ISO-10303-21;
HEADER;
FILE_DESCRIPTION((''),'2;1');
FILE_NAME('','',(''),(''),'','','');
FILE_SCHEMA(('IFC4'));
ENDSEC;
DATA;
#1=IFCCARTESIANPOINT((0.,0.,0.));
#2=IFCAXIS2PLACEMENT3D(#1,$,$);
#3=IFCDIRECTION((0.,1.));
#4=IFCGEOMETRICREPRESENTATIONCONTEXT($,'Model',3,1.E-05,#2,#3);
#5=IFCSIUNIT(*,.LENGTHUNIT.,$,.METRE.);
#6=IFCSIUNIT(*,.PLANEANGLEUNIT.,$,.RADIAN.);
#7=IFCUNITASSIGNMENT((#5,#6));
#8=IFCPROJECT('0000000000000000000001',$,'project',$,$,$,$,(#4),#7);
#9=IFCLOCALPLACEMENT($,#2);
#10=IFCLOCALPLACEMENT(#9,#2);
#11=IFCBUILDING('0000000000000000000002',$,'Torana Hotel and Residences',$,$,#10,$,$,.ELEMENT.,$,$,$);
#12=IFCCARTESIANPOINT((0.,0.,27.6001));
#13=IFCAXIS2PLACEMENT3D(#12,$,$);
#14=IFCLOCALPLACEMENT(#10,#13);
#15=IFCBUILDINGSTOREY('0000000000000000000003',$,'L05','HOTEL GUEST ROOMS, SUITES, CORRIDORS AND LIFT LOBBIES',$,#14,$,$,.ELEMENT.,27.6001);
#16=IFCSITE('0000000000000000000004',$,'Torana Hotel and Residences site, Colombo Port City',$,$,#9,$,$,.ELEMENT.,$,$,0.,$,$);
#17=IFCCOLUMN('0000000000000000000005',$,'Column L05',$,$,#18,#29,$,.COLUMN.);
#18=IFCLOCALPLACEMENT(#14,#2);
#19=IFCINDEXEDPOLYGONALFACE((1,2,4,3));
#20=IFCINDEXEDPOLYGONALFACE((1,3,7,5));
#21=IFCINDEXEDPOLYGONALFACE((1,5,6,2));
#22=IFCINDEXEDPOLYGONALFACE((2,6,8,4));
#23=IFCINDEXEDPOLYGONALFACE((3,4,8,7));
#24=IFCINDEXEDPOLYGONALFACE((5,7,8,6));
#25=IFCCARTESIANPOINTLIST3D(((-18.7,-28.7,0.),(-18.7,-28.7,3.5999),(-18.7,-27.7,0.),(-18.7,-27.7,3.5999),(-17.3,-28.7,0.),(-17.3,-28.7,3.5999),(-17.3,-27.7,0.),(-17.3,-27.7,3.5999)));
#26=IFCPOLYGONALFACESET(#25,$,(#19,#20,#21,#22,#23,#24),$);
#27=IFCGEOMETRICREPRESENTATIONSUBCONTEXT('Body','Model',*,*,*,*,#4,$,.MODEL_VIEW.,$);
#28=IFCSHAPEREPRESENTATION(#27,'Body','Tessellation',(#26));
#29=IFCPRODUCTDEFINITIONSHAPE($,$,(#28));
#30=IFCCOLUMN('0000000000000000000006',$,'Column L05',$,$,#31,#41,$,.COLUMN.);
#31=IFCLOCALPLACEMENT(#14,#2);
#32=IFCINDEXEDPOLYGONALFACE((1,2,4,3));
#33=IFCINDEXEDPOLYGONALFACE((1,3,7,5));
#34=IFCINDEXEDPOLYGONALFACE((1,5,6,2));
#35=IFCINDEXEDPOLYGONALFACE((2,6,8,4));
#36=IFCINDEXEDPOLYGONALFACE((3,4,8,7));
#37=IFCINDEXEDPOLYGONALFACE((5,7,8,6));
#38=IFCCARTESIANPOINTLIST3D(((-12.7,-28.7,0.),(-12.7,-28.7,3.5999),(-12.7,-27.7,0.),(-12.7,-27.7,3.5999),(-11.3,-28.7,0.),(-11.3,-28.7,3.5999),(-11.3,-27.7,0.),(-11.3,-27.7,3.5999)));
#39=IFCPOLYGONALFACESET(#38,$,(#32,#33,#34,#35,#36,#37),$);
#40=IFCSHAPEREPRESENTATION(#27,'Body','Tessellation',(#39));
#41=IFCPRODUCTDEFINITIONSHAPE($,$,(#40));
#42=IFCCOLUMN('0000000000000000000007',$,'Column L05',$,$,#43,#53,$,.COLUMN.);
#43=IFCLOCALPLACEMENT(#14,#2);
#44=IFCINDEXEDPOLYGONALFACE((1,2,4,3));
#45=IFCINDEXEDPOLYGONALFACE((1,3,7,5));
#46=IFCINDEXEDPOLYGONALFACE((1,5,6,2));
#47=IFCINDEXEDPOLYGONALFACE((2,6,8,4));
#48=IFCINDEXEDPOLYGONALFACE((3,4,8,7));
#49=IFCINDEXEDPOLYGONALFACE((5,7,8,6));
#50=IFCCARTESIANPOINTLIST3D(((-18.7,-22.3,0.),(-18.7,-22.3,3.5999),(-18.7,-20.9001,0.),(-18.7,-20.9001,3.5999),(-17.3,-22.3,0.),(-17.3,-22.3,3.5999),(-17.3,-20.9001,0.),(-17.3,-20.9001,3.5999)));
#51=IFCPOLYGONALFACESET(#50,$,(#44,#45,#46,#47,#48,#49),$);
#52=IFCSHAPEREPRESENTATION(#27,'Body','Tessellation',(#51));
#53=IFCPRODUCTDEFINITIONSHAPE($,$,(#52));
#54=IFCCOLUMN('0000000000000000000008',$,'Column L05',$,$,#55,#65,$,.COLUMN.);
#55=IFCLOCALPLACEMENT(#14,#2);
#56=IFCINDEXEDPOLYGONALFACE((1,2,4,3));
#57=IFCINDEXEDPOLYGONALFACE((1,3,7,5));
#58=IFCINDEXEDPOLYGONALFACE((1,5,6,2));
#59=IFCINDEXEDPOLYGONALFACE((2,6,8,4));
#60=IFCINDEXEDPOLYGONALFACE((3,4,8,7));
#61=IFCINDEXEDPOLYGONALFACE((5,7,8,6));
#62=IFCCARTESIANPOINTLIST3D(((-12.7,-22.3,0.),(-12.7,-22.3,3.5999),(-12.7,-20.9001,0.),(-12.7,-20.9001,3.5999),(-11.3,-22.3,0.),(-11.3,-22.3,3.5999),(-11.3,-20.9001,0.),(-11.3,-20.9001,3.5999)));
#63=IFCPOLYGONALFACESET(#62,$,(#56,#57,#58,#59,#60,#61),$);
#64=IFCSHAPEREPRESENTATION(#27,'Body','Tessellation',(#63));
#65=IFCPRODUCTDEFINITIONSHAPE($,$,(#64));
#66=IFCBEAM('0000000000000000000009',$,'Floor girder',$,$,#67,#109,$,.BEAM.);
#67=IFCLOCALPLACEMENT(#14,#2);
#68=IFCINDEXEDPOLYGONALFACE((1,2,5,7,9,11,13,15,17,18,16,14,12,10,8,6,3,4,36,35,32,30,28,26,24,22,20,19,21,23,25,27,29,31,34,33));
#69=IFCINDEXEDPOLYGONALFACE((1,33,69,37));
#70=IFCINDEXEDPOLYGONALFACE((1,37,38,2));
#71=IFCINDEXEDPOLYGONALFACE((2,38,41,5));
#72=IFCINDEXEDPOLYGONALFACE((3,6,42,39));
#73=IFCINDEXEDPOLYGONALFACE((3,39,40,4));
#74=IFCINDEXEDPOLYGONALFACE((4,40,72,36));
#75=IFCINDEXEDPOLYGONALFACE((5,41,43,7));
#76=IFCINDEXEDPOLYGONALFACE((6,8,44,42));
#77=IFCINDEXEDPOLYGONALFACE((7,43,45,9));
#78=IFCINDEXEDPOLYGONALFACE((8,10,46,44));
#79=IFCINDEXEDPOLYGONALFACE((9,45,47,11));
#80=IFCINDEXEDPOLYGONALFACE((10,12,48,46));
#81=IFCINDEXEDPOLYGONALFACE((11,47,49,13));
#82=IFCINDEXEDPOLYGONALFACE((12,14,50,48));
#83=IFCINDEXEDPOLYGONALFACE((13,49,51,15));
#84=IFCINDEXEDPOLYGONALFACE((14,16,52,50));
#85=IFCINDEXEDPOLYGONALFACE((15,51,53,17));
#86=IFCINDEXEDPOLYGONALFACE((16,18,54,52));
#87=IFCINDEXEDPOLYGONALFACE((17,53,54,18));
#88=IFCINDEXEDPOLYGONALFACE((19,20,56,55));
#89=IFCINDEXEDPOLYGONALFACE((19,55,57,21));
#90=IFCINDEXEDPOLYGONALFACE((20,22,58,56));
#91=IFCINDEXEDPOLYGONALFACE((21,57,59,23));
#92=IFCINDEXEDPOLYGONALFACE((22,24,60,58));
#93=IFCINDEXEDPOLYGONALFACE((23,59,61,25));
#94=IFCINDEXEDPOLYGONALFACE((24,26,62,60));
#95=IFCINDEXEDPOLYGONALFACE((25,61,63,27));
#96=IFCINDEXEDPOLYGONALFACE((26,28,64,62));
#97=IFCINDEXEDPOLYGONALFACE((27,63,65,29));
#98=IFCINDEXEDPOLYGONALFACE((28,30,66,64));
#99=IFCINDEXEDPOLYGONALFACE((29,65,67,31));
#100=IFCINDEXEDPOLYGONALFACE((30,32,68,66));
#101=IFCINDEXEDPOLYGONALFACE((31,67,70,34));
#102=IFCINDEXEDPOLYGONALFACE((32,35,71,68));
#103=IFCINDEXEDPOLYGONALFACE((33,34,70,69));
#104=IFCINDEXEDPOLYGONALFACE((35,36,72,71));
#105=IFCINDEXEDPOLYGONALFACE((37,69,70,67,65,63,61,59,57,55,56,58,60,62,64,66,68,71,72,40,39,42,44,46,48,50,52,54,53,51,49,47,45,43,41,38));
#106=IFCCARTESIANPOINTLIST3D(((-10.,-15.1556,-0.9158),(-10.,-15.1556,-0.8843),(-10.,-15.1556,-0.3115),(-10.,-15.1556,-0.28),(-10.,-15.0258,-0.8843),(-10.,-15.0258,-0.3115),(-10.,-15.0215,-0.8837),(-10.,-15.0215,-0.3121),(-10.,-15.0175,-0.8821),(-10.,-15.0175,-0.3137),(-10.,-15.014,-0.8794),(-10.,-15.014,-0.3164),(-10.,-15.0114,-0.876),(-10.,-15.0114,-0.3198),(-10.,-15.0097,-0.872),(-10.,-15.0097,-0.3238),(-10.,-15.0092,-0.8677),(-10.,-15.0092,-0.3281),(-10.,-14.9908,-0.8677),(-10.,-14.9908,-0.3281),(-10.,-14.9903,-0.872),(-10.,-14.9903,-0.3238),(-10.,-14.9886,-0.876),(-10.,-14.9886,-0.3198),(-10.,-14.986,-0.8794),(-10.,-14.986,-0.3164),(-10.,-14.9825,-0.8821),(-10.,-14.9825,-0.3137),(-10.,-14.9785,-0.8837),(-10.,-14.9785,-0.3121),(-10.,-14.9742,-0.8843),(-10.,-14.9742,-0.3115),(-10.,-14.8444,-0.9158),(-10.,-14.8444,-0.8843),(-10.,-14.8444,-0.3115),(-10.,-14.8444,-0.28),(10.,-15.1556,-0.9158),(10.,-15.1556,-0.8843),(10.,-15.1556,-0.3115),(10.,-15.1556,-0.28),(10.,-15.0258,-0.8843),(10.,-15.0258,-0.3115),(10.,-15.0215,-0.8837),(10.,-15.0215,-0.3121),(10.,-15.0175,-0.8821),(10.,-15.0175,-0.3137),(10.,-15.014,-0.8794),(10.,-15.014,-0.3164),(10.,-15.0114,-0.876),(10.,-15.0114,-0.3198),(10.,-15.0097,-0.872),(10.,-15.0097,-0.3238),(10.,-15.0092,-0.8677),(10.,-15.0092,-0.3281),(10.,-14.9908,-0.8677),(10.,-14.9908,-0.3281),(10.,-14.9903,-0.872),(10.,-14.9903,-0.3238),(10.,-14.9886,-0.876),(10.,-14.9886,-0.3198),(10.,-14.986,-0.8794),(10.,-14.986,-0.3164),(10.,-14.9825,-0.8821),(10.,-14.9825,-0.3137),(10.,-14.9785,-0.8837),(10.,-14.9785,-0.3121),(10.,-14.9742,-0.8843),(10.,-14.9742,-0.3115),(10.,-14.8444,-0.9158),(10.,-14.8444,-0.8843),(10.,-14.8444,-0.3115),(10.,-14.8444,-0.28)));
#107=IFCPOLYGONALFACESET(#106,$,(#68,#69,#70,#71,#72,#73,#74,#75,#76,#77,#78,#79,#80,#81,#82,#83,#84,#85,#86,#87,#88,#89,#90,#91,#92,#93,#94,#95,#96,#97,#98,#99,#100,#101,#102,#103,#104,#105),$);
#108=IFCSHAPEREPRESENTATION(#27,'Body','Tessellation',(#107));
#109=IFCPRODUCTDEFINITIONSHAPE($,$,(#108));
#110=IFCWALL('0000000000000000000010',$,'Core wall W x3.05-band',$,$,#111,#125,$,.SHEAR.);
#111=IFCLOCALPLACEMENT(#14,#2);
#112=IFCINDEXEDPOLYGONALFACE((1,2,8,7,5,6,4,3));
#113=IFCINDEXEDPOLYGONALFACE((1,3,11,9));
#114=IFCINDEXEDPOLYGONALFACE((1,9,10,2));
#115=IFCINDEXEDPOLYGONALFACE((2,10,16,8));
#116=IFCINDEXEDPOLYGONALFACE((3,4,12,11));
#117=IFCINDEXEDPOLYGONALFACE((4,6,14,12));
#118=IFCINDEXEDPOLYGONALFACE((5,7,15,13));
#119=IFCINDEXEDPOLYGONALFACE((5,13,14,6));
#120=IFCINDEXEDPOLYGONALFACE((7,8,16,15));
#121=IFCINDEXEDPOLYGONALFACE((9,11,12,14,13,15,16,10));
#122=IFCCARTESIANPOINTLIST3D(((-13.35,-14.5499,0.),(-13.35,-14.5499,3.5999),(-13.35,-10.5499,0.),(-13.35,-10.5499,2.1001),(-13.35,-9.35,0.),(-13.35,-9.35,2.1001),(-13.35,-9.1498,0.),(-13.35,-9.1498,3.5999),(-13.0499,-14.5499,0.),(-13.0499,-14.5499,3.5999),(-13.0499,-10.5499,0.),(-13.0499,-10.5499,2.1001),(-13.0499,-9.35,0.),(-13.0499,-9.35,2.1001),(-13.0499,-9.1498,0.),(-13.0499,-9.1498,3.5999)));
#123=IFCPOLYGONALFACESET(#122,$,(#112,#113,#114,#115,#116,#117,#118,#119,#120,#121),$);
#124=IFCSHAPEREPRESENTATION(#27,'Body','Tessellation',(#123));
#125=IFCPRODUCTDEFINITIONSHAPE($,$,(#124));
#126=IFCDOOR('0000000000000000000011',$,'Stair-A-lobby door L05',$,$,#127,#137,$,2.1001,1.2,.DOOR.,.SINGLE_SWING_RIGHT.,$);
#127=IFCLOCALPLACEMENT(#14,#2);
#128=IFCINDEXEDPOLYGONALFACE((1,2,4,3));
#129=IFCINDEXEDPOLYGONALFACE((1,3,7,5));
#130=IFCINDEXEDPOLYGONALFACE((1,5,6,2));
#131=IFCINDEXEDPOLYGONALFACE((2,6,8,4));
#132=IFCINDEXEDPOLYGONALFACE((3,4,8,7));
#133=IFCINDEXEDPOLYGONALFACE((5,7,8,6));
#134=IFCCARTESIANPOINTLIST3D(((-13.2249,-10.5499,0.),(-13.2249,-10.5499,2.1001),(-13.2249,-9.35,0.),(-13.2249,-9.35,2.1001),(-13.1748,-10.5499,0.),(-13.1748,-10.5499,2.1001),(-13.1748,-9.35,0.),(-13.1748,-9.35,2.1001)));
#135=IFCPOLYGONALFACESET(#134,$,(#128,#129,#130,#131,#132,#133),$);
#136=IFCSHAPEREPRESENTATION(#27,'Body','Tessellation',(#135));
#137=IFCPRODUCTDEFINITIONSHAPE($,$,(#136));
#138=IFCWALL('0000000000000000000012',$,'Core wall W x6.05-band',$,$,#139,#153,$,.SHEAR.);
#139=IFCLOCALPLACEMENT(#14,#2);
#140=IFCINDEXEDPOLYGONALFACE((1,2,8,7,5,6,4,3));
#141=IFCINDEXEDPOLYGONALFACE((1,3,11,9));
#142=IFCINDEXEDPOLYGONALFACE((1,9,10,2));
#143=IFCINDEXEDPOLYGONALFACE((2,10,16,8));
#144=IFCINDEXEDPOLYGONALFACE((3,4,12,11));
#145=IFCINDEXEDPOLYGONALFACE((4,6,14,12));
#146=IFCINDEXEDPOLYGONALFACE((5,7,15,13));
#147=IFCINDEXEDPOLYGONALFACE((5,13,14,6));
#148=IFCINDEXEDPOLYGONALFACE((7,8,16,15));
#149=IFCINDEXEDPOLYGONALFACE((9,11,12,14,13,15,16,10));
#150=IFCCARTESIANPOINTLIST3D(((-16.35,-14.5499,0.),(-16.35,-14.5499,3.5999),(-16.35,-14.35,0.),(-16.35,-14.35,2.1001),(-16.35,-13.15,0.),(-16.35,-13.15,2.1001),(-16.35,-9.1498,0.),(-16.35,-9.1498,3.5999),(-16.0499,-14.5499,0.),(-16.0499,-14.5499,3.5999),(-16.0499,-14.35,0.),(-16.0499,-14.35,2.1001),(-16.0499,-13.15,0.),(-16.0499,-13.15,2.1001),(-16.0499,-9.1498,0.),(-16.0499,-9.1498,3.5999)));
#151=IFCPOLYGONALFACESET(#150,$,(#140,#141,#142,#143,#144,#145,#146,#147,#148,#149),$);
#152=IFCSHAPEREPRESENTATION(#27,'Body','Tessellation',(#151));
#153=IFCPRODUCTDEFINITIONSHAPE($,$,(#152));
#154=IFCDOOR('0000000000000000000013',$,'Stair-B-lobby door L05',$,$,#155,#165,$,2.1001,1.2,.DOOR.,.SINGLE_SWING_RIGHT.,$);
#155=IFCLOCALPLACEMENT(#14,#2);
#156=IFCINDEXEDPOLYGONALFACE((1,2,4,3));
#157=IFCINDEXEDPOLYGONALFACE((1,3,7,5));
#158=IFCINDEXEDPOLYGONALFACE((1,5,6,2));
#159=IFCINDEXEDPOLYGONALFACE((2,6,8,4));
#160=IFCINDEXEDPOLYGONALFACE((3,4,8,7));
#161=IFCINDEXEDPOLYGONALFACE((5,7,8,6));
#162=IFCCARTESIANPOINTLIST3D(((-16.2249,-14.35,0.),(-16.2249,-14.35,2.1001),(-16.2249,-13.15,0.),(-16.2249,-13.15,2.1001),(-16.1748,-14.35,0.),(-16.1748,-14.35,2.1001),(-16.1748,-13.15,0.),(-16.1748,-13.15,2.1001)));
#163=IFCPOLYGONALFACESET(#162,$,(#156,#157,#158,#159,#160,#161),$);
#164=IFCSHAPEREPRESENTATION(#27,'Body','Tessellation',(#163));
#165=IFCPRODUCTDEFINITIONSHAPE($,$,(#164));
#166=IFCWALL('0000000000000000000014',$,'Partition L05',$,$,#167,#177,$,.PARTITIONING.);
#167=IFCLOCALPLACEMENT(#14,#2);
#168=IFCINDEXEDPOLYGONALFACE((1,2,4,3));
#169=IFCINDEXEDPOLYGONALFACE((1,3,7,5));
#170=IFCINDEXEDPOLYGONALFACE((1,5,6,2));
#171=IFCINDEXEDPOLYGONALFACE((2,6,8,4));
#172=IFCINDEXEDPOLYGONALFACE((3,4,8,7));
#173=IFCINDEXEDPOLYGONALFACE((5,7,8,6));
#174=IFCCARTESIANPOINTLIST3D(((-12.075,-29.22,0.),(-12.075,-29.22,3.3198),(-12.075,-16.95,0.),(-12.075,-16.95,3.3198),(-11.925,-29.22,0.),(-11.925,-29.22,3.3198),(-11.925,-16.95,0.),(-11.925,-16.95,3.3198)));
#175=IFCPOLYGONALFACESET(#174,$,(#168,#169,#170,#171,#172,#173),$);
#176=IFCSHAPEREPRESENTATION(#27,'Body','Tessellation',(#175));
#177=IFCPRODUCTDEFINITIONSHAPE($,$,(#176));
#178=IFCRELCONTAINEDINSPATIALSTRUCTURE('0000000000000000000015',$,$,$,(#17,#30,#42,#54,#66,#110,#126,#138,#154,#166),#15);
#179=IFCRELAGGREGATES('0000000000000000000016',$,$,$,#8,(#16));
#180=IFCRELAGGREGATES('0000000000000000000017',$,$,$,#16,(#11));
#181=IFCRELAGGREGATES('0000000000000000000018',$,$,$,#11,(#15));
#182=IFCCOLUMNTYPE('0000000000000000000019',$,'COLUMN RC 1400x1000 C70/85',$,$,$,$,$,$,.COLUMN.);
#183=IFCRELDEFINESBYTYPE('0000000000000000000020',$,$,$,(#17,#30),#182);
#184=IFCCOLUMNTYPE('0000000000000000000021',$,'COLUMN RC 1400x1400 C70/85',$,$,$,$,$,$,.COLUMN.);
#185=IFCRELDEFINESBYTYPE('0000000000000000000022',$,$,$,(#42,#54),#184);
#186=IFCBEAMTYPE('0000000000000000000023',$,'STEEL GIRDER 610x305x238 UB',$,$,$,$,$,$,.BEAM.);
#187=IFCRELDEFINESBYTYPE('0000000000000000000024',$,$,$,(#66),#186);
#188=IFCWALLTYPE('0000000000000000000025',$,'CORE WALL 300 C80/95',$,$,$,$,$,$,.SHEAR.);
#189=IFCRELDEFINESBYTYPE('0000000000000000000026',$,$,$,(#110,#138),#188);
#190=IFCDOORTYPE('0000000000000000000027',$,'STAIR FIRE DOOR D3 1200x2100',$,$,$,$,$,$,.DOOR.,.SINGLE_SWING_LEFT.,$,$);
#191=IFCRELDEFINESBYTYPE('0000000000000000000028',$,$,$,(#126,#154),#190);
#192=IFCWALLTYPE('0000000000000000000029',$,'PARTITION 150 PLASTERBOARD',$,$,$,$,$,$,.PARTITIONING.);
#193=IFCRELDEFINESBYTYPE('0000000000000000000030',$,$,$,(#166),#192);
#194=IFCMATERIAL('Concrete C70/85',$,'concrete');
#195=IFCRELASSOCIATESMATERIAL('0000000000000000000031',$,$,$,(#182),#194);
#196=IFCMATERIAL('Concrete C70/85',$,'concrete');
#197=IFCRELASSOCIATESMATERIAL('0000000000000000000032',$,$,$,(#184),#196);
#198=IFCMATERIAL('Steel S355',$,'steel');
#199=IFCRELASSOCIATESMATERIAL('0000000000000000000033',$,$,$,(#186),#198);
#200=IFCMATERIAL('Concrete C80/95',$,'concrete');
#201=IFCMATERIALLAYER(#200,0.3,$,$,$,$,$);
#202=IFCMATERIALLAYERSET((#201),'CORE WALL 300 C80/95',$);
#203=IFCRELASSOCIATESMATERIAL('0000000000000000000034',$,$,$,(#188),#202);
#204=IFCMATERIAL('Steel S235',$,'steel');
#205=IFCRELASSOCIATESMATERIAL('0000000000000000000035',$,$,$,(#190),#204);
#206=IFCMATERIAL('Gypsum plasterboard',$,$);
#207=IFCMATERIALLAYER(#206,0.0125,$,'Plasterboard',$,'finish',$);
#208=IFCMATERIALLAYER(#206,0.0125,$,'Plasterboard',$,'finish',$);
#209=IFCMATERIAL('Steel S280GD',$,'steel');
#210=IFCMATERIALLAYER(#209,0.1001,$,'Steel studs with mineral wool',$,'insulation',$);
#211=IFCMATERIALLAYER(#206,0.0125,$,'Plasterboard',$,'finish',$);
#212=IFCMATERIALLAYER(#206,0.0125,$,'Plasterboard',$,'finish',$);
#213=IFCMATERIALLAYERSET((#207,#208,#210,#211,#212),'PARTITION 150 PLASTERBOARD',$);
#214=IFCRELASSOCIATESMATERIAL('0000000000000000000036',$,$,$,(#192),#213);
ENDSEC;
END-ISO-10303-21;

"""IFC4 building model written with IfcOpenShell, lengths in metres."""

from ifc_helpers import new_model, si_unit, direction, frame, frame_2d, origin, origin_2d, place, context, subcontext, project, spatial, rectangle, i_section, extrude, material, layer, layer_set, material_profile, profile_set, type_object, element, fill, save


model = new_model("IFC4")

# Units and contexts
model_context = context("Model", 3, precision=1e-05, world=origin(), true_north=direction((0.0, 1.0)))
body_context = subcontext(model_context, "Body", "Model", "MODEL_VIEW")
ifc_project = project(units=[si_unit("LENGTHUNIT", "METRE"), si_unit("PLANEANGLEUNIT", "RADIAN")], contexts=[model_context])

# Site, building, storey
site_placement = place(None, origin())
site = spatial("IfcSite", under=ifc_project, at=site_placement, Name="Torana Hotel and Residences site, Colombo Port City", CompositionType="ELEMENT", RefElevation=0.0)
building_placement = place(site_placement, origin())
building = spatial("IfcBuilding", under=site, at=building_placement, Name="Torana Hotel and Residences", CompositionType="ELEMENT")
storey_placement = place(building_placement, frame((0.0, 0.0, 27.6001)))
storey = spatial("IfcBuildingStorey", under=building, at=storey_placement, Name="L05", Description="HOTEL GUEST ROOMS, SUITES, CORRIDORS AND LIFT LOBBIES", CompositionType="ELEMENT", Elevation=27.6001)

# Columns
ifc_material_1 = material(Name="Concrete C70/85", Category="concrete")
ifc_material_profile_1 = material_profile(ifc_material_1, rectangle(XDim=1.3999, YDim=1.0, at=origin_2d()), Name="RC 1400x1000")
ifc_profile_set_1 = profile_set([ifc_material_profile_1], Name="Concrete C70/85")
column_type_1 = type_object("IfcColumnType", Name="COLUMN RC 1400x1000 C70/85", PredefinedType="COLUMN", material=ifc_profile_set_1)
for number, where, z_axis, x_axis, name in (
    (1, (-18.0, -28.2, 0.0), (0.0, 0.0, 1.0), (1.0, 0.0, 0.0), "Column L05"),
    (2, (-12.0, -28.2, 0.0), (0.0, 0.0, 1.0), (1.0, 0.0, 0.0), "Column L05"),
):
    element("IfcColumn", number, at=place(storey_placement, frame(where, z_axis=z_axis, x_axis=x_axis)), inside=storey, type_object=column_type_1, Name=name, PredefinedType="COLUMN", context=body_context, shape_type="SweptSolid", body=[
        extrude(rectangle(XDim=1.3999, YDim=1.0, at=origin_2d()), origin(), (0.0, 0.0, 1.0), 3.5999),
    ])
ifc_material_2 = material(Name="Concrete C70/85", Category="concrete")
ifc_material_profile_2 = material_profile(ifc_material_2, rectangle(XDim=1.3999, YDim=1.3999, at=origin_2d()), Name="RC 1400x1400")
ifc_profile_set_2 = profile_set([ifc_material_profile_2], Name="Concrete C70/85")
column_type_2 = type_object("IfcColumnType", Name="COLUMN RC 1400x1400 C70/85", PredefinedType="COLUMN", material=ifc_profile_set_2)
for number, where, z_axis, x_axis, name in (
    (3, (-18.0, -21.6001, 0.0), (0.0, 0.0, 1.0), (1.0, 0.0, 0.0), "Column L05"),
    (4, (-12.0, -21.6001, 0.0), (0.0, 0.0, 1.0), (1.0, 0.0, 0.0), "Column L05"),
):
    element("IfcColumn", number, at=place(storey_placement, frame(where, z_axis=z_axis, x_axis=x_axis)), inside=storey, type_object=column_type_2, Name=name, PredefinedType="COLUMN", context=body_context, shape_type="SweptSolid", body=[
        extrude(rectangle(XDim=1.3999, YDim=1.3999, at=origin_2d()), origin(), (0.0, 0.0, 1.0), 3.5999),
    ])

# Beam
ifc_material_3 = material(Name="Steel S355", Category="steel")
ifc_material_profile_3 = material_profile(ifc_material_3, i_section(OverallWidth=0.3113, OverallDepth=0.6357, WebThickness=0.0183, FlangeThickness=0.0315, FilletRadius=0.0166, at=origin_2d()), Name="610x305x238 UB")
ifc_profile_set_3 = profile_set([ifc_material_profile_3], Name="Steel S355")
beam_type = type_object("IfcBeamType", Name="STEEL GIRDER 610x305x238 UB", PredefinedType="BEAM", material=ifc_profile_set_3)
beam_placement = place(storey_placement, frame((-10.0, -15.0, -0.5979), z_axis=(1.0, 0.0, 0.0), x_axis=(0.0, 1.0, 0.0)))
element("IfcBeam", 5, at=beam_placement, inside=storey, type_object=beam_type, Name="Floor girder", PredefinedType="BEAM", context=body_context, shape_type="SweptSolid", body=[
    extrude(i_section(OverallWidth=0.3113, OverallDepth=0.6357, WebThickness=0.0183, FlangeThickness=0.0315, FilletRadius=0.0166, at=origin_2d()), origin(), (0.0, 0.0, 1.0), 20.0),
])

# Walls, openings, doors
ifc_material_4 = material(Name="Concrete C80/95", Category="concrete")
ifc_layer_1 = layer(ifc_material_4, 0.3)
ifc_layer_set_1 = layer_set([ifc_layer_1], Name="CORE WALL 300 C80/95")
wall_type_1 = type_object("IfcWallType", Name="CORE WALL 300 C80/95", PredefinedType="SHEAR", material=ifc_layer_set_1)
wall_1_placement = place(storey_placement, frame((-13.2, -14.55, 0.0), z_axis=(0.0, 0.0, 1.0), x_axis=(0.0, 1.0, 0.0)))
wall_1 = element("IfcWall", 6, at=wall_1_placement, inside=storey, type_object=wall_type_1, Name="Core wall W x3.05-band", PredefinedType="SHEAR", context=body_context, shape_type="SweptSolid", body=[
    extrude(rectangle(XDim=5.4001, YDim=0.3, at=frame_2d((2.7002, 0.0))), origin(), (0.0, 0.0, 1.0), 3.5999),
])
opening_1_placement = place(wall_1_placement, frame((4.0, 0.0, 0.0)))
opening_1 = element("IfcOpeningElement", 7, at=opening_1_placement, cuts=wall_1, PredefinedType="OPENING", context=body_context, shape_type="SweptSolid", body=[
    extrude(rectangle(XDim=1.2, YDim=2.1001, at=frame_2d((0.6001, 1.05))), frame((0.0, 0.1599, 0.0), z_axis=(0.0, -1.0, 0.0), x_axis=(1.0, 0.0, 0.0)), (0.0, 0.0, 1.0), 0.3201),
])
ifc_material_5 = material(Name="Steel S235", Category="steel")
door_type_1 = type_object("IfcDoorType", Name="STAIR FIRE DOOR D3 1200x2100", OperationType="SINGLE_SWING_LEFT", PredefinedType="DOOR", material=ifc_material_5)
door_1_placement = place(opening_1_placement, frame((0.6001, 0.0, 0.0), z_axis=(0.0, 0.0, 1.0), x_axis=(-1.0, 0.0, 0.0)))
door_1 = element("IfcDoor", 8, at=door_1_placement, inside=storey, type_object=door_type_1, Name="Stair-A-lobby door L05", OperationType="SINGLE_SWING_RIGHT", OverallHeight=2.1001, OverallWidth=1.2, PredefinedType="DOOR", context=body_context, shape_type="SweptSolid", body=[
    extrude(rectangle(XDim=1.2, YDim=2.1001, at=frame_2d((0.0, 1.05))), frame((0.0, -0.0249, 0.0), z_axis=(0.0, 1.0, 0.0), x_axis=(-1.0, 0.0, 0.0)), (0.0, 0.0, 1.0), 0.05),
])
fill(opening_1, door_1)
wall_2_placement = place(storey_placement, frame((-16.2, -14.55, 0.0), z_axis=(0.0, 0.0, 1.0), x_axis=(0.0, 1.0, 0.0)))
wall_2 = element("IfcWall", 9, at=wall_2_placement, inside=storey, type_object=wall_type_1, Name="Core wall W x6.05-band", PredefinedType="SHEAR", context=body_context, shape_type="SweptSolid", body=[
    extrude(rectangle(XDim=5.4001, YDim=0.3, at=frame_2d((2.7002, 0.0))), origin(), (0.0, 0.0, 1.0), 3.5999),
])
opening_2_placement = place(wall_2_placement, frame((0.2, 0.0, 0.0)))
opening_2 = element("IfcOpeningElement", 10, at=opening_2_placement, cuts=wall_2, PredefinedType="OPENING", context=body_context, shape_type="SweptSolid", body=[
    extrude(rectangle(XDim=1.2, YDim=2.1001, at=frame_2d((0.6001, 1.05))), frame((0.0, 0.1599, 0.0), z_axis=(0.0, -1.0, 0.0), x_axis=(1.0, 0.0, 0.0)), (0.0, 0.0, 1.0), 0.3201),
])
door_2_placement = place(opening_2_placement, origin())
door_2 = element("IfcDoor", 11, at=door_2_placement, inside=storey, type_object=door_type_1, Name="Stair-B-lobby door L05", OperationType="SINGLE_SWING_RIGHT", OverallHeight=2.1001, OverallWidth=1.2, PredefinedType="DOOR", context=body_context, shape_type="SweptSolid", body=[
    extrude(rectangle(XDim=1.2, YDim=2.1001, at=frame_2d((0.6001, 1.05))), frame((0.0, 0.0249, 0.0), z_axis=(0.0, -1.0, 0.0), x_axis=(1.0, 0.0, 0.0)), (0.0, 0.0, 1.0), 0.05),
])
fill(opening_2, door_2)

# Wall
ifc_material_6 = material(Name="Gypsum plasterboard")
ifc_layer_2 = layer(ifc_material_6, 0.0125, Name="Plasterboard", Category="finish")
ifc_layer_3 = layer(ifc_material_6, 0.0125, Name="Plasterboard", Category="finish")
ifc_material_7 = material(Name="Steel S280GD", Category="steel")
ifc_layer_4 = layer(ifc_material_7, 0.1001, Name="Steel studs with mineral wool", Category="insulation")
ifc_layer_5 = layer(ifc_material_6, 0.0125, Name="Plasterboard", Category="finish")
ifc_layer_6 = layer(ifc_material_6, 0.0125, Name="Plasterboard", Category="finish")
ifc_layer_set_2 = layer_set([ifc_layer_2, ifc_layer_3, ifc_layer_4, ifc_layer_5, ifc_layer_6], Name="PARTITION 150 PLASTERBOARD")
wall_type_2 = type_object("IfcWallType", Name="PARTITION 150 PLASTERBOARD", PredefinedType="PARTITIONING", material=ifc_layer_set_2)
wall_3_placement = place(storey_placement, frame((-12.0, -29.22, 0.0), z_axis=(0.0, 0.0, 1.0), x_axis=(0.0, 1.0, 0.0)))
element("IfcWall", 12, at=wall_3_placement, inside=storey, type_object=wall_type_2, Name="Partition L05", PredefinedType="PARTITIONING", context=body_context, shape_type="SweptSolid", body=[
    extrude(rectangle(XDim=12.27, YDim=0.1499, at=frame_2d((6.135, 0.0))), origin(), (0.0, 0.0, 1.0), 3.3198),
])

save(model, "model.ifc")
